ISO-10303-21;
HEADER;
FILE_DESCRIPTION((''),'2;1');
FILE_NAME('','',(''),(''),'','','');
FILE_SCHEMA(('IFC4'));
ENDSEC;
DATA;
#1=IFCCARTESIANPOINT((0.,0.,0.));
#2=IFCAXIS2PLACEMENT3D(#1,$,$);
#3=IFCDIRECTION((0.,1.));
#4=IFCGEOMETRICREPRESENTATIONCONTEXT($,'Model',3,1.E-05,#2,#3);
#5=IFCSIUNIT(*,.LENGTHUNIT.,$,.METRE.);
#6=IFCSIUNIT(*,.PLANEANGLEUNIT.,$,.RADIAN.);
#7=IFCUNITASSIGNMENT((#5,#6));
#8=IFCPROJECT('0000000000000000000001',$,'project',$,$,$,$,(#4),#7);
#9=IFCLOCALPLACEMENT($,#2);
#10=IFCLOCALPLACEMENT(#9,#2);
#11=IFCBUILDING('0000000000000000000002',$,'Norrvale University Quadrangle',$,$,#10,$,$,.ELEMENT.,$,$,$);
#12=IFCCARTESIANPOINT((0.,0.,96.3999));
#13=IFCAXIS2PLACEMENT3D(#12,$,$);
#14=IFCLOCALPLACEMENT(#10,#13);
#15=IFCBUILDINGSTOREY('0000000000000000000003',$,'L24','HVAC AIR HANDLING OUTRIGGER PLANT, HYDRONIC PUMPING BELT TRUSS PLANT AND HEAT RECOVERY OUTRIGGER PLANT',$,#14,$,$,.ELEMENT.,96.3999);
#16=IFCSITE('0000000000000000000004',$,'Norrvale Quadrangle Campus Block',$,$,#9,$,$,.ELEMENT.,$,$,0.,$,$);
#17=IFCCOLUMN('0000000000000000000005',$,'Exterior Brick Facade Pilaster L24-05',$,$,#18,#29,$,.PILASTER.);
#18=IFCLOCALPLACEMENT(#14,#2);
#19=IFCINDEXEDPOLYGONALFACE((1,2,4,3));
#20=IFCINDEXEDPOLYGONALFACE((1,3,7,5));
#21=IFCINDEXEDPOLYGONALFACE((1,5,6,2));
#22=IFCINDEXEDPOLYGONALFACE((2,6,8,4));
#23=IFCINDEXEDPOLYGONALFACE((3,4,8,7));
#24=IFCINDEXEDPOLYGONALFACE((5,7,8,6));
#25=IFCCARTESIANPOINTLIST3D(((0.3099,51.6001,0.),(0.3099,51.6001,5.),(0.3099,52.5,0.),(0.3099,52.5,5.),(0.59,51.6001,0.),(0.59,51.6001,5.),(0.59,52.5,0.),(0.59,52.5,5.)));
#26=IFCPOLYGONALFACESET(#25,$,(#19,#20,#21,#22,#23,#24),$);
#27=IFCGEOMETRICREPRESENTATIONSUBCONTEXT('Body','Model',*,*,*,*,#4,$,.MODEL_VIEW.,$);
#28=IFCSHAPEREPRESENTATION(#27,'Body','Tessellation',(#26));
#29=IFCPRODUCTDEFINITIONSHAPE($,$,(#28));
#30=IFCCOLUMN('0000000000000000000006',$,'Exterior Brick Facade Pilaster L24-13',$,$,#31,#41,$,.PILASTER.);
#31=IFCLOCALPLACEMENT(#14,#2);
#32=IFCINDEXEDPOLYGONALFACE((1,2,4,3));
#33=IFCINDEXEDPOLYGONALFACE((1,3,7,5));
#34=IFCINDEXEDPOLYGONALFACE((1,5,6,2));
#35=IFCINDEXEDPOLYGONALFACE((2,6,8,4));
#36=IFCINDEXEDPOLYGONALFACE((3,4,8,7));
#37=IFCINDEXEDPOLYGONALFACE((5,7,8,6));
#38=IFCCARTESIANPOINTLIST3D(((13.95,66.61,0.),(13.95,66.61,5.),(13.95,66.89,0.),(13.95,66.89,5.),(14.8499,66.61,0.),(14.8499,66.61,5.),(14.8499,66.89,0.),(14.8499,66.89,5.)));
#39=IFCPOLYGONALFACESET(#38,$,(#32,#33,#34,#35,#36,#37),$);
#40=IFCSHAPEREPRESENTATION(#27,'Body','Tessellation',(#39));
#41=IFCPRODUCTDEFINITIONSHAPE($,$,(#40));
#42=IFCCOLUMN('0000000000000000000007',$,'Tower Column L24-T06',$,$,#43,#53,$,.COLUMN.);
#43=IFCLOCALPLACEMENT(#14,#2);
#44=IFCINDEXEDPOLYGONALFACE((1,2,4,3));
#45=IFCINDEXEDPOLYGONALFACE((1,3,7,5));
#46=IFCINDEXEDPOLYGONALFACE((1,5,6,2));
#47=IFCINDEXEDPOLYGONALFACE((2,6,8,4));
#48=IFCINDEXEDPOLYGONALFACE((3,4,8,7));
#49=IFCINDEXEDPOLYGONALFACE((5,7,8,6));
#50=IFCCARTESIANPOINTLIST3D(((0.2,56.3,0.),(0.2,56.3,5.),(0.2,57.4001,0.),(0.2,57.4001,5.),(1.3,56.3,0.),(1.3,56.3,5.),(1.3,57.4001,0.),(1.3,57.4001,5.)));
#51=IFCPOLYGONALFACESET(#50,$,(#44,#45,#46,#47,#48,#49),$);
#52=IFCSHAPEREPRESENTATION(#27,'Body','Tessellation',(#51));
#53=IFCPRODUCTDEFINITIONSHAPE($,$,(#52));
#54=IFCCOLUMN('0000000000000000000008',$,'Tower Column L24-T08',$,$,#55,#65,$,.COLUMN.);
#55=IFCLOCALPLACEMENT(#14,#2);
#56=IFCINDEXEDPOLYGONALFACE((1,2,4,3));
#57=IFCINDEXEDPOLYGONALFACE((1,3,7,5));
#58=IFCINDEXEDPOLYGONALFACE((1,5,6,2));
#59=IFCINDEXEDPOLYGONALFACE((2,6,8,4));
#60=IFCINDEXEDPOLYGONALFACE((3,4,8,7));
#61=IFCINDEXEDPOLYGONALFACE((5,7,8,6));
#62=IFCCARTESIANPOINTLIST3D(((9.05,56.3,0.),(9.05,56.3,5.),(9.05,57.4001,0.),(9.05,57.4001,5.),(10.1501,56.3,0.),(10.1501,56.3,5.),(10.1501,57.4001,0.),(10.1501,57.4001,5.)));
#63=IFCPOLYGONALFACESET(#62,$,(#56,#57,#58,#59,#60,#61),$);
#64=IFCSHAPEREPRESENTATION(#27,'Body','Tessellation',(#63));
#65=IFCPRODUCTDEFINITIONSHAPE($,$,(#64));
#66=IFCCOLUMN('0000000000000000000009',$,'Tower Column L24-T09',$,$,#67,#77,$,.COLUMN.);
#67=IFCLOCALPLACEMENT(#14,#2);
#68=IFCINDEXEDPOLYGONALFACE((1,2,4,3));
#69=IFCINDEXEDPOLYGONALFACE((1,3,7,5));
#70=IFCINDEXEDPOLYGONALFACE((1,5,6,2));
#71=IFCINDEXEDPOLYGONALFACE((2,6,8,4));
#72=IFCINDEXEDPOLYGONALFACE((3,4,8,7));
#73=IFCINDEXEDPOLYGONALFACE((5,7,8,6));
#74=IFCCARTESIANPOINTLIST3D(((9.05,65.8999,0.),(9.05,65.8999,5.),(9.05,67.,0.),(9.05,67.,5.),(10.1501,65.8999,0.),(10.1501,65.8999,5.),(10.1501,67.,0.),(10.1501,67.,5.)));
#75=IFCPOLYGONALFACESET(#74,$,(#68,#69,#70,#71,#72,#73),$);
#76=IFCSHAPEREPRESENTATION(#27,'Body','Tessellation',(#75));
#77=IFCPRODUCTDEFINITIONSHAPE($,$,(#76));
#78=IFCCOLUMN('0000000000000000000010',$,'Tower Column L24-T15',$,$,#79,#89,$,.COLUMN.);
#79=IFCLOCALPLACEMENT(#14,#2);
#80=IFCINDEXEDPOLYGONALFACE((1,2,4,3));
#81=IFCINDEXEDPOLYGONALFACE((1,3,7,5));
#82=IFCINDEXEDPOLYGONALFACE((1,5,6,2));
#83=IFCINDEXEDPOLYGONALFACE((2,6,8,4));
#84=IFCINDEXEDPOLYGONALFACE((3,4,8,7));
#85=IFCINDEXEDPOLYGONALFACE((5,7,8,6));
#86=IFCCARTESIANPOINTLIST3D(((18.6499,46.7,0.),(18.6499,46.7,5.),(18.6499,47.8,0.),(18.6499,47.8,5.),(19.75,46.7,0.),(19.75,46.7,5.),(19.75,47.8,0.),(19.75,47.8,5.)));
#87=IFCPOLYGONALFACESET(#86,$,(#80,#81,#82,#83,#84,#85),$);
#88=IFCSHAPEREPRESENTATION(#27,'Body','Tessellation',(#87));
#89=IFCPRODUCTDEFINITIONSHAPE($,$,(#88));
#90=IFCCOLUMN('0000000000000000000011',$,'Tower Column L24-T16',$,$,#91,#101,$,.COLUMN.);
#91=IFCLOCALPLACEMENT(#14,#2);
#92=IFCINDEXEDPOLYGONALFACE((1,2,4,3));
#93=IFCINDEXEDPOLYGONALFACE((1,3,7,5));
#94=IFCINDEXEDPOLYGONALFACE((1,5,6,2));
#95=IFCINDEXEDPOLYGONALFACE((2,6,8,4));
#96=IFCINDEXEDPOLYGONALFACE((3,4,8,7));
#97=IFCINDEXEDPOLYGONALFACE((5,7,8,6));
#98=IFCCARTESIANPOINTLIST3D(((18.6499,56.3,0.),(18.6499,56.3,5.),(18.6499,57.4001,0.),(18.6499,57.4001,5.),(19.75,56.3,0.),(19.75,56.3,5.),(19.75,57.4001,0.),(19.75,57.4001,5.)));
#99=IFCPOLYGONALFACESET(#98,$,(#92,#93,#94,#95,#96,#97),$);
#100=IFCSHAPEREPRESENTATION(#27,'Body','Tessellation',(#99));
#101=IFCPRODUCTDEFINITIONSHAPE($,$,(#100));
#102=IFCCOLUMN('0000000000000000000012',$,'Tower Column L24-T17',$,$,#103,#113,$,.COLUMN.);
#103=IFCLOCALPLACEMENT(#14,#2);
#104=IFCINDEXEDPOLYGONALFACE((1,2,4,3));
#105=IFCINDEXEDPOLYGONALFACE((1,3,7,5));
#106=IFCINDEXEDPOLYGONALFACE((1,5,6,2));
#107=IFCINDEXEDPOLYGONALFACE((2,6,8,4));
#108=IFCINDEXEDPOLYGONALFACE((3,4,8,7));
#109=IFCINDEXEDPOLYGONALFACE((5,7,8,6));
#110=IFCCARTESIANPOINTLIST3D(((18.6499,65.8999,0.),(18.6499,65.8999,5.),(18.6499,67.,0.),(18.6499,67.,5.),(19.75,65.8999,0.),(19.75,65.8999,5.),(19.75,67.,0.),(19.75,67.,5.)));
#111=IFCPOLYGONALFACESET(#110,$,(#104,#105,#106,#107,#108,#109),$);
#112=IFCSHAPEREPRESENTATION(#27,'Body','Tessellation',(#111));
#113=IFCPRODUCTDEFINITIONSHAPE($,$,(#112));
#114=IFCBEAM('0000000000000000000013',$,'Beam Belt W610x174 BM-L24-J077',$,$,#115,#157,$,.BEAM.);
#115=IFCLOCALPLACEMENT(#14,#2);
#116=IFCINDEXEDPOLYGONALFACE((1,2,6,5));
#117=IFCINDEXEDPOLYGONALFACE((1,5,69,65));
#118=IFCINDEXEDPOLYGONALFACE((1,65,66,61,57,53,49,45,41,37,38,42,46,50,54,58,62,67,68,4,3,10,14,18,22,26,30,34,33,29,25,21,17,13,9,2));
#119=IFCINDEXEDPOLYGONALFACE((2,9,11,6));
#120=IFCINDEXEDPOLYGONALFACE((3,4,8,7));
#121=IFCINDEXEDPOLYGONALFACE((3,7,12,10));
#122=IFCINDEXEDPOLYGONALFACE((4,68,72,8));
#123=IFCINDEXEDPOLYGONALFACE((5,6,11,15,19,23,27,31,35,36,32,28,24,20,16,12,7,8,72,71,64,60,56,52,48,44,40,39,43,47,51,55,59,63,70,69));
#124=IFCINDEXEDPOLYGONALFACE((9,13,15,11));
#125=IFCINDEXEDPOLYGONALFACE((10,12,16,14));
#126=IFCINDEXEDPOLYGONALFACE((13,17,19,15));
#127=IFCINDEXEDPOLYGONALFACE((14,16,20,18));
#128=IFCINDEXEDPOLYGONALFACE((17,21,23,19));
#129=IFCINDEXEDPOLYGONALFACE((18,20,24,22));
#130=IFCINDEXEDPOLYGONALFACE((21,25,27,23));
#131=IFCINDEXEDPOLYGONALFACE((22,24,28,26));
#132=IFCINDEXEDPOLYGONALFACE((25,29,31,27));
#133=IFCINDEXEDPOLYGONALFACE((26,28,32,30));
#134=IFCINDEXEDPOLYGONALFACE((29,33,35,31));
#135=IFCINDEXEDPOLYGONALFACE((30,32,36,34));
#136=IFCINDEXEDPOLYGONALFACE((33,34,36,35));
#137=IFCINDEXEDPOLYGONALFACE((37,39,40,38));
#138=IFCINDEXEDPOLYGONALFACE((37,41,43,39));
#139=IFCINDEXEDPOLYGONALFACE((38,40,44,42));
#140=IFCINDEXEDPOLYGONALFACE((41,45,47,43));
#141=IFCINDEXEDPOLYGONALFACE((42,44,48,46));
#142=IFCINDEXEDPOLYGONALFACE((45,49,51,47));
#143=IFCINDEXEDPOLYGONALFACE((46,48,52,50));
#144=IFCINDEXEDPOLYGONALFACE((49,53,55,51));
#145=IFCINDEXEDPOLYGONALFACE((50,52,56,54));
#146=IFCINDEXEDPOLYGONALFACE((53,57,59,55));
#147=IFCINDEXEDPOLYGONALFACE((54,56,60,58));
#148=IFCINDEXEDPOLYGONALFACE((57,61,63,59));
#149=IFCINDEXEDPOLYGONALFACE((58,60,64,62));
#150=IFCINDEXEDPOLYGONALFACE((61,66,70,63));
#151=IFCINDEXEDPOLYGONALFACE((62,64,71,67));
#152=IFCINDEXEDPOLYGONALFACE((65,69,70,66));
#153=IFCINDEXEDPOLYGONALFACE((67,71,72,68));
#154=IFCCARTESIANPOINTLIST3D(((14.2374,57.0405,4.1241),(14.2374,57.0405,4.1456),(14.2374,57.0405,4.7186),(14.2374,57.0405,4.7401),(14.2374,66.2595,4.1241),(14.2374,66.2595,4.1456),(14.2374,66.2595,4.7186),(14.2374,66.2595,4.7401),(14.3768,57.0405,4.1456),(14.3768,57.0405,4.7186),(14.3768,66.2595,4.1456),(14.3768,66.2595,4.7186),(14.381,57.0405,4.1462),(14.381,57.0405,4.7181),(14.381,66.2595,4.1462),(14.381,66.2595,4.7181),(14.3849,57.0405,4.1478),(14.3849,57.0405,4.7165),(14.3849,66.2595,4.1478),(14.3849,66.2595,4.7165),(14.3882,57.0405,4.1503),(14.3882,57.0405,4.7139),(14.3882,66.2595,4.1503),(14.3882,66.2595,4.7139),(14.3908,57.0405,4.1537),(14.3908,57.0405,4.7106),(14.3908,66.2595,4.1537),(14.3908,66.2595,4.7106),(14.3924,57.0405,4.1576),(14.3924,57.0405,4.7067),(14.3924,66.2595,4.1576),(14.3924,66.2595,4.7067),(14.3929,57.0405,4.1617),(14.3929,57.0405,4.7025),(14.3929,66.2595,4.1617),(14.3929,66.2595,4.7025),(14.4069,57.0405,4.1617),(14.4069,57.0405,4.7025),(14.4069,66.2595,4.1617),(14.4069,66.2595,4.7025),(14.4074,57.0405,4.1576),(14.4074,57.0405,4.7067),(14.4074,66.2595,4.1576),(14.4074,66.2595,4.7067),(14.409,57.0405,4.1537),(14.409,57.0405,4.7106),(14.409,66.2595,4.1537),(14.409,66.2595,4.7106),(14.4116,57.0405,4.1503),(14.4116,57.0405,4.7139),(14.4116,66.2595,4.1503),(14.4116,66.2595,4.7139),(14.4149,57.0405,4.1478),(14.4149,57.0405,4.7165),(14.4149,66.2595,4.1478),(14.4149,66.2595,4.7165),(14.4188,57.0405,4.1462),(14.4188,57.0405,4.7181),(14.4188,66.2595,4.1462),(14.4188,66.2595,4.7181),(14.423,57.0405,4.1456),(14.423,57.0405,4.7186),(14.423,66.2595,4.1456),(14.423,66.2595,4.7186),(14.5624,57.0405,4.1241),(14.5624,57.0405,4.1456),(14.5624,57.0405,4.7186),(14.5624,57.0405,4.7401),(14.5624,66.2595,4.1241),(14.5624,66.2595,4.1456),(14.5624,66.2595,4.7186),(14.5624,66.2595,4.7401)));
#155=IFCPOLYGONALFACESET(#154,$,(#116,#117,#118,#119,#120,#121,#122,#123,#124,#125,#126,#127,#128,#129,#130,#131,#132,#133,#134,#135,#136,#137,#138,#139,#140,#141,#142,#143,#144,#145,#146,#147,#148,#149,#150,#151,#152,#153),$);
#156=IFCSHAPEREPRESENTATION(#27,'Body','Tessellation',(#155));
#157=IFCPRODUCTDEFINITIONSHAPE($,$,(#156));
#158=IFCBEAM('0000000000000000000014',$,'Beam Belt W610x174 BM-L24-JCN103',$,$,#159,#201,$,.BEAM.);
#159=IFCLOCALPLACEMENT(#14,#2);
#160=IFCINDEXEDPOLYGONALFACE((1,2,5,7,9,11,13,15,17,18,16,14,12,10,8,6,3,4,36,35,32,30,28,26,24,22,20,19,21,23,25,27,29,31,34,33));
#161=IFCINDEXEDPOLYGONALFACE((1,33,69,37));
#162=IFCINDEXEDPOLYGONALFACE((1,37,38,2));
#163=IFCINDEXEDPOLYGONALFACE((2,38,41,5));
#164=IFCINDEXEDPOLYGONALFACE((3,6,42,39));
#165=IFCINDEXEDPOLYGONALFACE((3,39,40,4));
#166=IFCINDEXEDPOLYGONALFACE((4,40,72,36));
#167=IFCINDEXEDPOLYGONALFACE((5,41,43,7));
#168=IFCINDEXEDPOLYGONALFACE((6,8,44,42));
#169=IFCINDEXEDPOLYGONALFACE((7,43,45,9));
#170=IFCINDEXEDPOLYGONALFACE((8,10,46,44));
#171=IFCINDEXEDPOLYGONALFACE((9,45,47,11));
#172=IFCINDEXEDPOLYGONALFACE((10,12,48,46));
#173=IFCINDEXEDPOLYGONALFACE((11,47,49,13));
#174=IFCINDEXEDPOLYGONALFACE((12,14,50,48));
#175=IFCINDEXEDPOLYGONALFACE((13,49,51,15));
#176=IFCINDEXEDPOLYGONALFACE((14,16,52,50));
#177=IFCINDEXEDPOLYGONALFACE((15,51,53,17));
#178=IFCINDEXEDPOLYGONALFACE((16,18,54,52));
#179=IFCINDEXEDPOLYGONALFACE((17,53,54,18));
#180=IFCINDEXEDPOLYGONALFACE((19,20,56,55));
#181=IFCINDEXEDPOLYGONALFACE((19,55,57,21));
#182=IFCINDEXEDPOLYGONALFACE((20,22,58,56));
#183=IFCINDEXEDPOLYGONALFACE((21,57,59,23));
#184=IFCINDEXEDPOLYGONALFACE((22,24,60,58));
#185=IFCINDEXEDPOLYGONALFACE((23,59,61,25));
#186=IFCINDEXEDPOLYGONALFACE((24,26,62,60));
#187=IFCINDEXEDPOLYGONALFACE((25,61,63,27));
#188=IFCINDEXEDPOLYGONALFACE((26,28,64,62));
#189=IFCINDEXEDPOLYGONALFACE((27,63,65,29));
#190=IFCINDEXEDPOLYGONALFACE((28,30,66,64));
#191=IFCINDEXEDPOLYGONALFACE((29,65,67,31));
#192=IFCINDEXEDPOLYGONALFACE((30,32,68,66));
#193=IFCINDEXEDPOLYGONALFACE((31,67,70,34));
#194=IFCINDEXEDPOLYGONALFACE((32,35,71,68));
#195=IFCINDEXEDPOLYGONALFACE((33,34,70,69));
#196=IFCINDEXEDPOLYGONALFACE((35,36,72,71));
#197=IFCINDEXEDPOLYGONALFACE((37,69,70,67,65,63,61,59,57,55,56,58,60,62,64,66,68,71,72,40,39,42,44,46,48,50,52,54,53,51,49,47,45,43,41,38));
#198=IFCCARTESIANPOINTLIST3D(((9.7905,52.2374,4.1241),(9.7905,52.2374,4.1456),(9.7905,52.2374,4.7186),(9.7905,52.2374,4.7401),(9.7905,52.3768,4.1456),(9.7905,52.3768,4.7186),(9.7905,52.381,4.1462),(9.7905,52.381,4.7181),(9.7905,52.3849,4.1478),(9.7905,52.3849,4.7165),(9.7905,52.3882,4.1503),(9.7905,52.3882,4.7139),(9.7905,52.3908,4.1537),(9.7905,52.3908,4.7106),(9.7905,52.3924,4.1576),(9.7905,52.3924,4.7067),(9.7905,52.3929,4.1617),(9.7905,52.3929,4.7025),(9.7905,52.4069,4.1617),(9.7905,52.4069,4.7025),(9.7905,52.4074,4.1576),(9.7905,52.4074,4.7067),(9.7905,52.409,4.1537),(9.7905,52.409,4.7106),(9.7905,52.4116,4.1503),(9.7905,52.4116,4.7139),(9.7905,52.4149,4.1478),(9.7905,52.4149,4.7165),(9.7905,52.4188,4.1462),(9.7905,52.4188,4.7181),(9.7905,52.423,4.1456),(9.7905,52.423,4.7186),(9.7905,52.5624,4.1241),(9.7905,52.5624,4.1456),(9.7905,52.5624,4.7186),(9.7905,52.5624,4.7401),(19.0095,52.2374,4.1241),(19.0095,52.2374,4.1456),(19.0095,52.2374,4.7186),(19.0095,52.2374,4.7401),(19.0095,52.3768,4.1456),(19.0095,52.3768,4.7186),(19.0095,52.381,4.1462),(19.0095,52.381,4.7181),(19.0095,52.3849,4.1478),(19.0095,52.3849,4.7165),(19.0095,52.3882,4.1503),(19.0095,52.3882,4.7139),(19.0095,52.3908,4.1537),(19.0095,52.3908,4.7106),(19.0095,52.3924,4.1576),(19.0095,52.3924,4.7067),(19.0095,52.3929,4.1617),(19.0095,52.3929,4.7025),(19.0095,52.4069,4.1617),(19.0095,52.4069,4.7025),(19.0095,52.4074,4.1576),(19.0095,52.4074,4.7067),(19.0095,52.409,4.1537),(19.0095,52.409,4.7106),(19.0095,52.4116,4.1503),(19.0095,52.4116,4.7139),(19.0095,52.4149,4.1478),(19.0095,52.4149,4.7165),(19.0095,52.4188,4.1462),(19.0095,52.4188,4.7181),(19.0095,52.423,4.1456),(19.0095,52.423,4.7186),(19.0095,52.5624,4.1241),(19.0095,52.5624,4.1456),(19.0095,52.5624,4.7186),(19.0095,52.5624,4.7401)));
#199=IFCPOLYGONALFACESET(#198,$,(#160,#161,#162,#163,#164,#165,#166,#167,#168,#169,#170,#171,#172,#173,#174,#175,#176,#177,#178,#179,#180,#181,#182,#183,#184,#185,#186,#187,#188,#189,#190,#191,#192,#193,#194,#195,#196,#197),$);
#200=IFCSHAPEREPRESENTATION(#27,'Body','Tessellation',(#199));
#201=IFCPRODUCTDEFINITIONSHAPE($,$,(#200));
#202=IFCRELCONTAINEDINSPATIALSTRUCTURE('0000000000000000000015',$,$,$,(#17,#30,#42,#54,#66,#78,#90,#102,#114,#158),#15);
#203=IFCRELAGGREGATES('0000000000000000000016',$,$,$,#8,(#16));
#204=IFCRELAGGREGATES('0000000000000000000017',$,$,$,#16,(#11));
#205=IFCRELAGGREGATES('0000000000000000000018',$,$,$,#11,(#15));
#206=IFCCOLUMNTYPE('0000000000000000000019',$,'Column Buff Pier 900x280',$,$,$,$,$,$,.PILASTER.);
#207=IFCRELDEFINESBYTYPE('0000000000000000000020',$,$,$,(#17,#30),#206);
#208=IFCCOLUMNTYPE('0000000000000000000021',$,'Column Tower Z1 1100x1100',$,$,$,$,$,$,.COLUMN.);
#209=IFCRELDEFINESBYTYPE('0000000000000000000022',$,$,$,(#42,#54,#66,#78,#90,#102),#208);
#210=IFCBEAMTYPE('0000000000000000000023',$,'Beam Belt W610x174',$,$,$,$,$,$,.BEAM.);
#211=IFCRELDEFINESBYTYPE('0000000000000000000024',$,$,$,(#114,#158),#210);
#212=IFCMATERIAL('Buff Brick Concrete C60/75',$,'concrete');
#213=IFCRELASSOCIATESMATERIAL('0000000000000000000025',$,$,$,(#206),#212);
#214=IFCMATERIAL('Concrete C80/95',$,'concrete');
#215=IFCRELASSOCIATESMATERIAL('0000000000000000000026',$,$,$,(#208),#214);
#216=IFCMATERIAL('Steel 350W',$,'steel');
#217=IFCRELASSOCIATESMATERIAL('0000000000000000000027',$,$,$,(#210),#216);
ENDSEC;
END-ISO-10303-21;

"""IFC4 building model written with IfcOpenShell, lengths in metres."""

from ifc_helpers import new_model, si_unit, direction, frame, origin, origin_2d, place, context, subcontext, project, spatial, rectangle, i_section, extrude, material, material_profile, profile_set, type_object, element, save


model = new_model("IFC4")

# Units and contexts
model_context = context("Model", 3, precision=1e-05, world=origin(), true_north=direction((0.0, 1.0)))
body_context = subcontext(model_context, "Body", "Model", "MODEL_VIEW")
ifc_project = project(units=[si_unit("LENGTHUNIT", "METRE"), si_unit("PLANEANGLEUNIT", "RADIAN")], contexts=[model_context])

# Site, building, storey
site_placement = place(None, origin())
site = spatial("IfcSite", under=ifc_project, at=site_placement, Name="Norrvale Quadrangle Campus Block", CompositionType="ELEMENT", RefElevation=0.0)
building_placement = place(site_placement, origin())
building = spatial("IfcBuilding", under=site, at=building_placement, Name="Norrvale University Quadrangle", CompositionType="ELEMENT")
storey_placement = place(building_placement, frame((0.0, 0.0, 96.3999)))
storey = spatial("IfcBuildingStorey", under=building, at=storey_placement, Name="L24", Description="HVAC AIR HANDLING OUTRIGGER PLANT, HYDRONIC PUMPING BELT TRUSS PLANT AND HEAT RECOVERY OUTRIGGER PLANT", CompositionType="ELEMENT", Elevation=96.3999)

# Columns
ifc_material_1 = material(Name="Buff Brick Concrete C60/75", Category="concrete")
ifc_material_profile_1 = material_profile(ifc_material_1, rectangle(XDim=0.8999, YDim=0.28, at=origin_2d()), Name="Buff Brick Concrete C60/75")
ifc_profile_set_1 = profile_set([ifc_material_profile_1], Name="Buff Brick Concrete C60/75")
column_type_1 = type_object("IfcColumnType", Name="Column Buff Pier 900x280", PredefinedType="PILASTER", material=ifc_profile_set_1)
for number, where, z_axis, x_axis, name in (
    (1, (0.45, 52.05, 0.0), (0.0, 0.0, 1.0), (0.0, 1.0, 0.0), "Exterior Brick Facade Pilaster L24-05"),
    (2, (14.3999, 66.75, 0.0), (0.0, 0.0, 1.0), (1.0, 0.0, 0.0), "Exterior Brick Facade Pilaster L24-13"),
):
    element("IfcColumn", number, at=place(storey_placement, frame(where, z_axis=z_axis, x_axis=x_axis)), inside=storey, type_object=column_type_1, Name=name, PredefinedType="PILASTER", context=body_context, shape_type="SweptSolid", body=[
        extrude(rectangle(XDim=0.8999, YDim=0.28, at=origin_2d()), origin(), (0.0, 0.0, 1.0), 5.0),
    ])
ifc_material_2 = material(Name="Concrete C80/95", Category="concrete")
ifc_material_profile_2 = material_profile(ifc_material_2, rectangle(XDim=1.1001, YDim=1.1001, at=origin_2d()), Name="Concrete C80/95")
ifc_profile_set_2 = profile_set([ifc_material_profile_2], Name="Concrete C80/95")
column_type_2 = type_object("IfcColumnType", Name="Column Tower Z1 1100x1100", PredefinedType="COLUMN", material=ifc_profile_set_2)
for number, where, z_axis, x_axis, name in (
    (3, (0.75, 56.8501, 0.0), (0.0, 0.0, 1.0), (1.0, 0.0, 0.0), "Tower Column L24-T06"),
    (4, (9.6001, 56.8501, 0.0), (0.0, 0.0, 1.0), (1.0, 0.0, 0.0), "Tower Column L24-T08"),
    (5, (9.6001, 66.45, 0.0), (0.0, 0.0, 1.0), (1.0, 0.0, 0.0), "Tower Column L24-T09"),
    (6, (19.2, 47.25, 0.0), (0.0, 0.0, 1.0), (1.0, 0.0, 0.0), "Tower Column L24-T15"),
    (7, (19.2, 56.8501, 0.0), (0.0, 0.0, 1.0), (1.0, 0.0, 0.0), "Tower Column L24-T16"),
    (8, (19.2, 66.45, 0.0), (0.0, 0.0, 1.0), (1.0, 0.0, 0.0), "Tower Column L24-T17"),
):
    element("IfcColumn", number, at=place(storey_placement, frame(where, z_axis=z_axis, x_axis=x_axis)), inside=storey, type_object=column_type_2, Name=name, PredefinedType="COLUMN", context=body_context, shape_type="SweptSolid", body=[
        extrude(rectangle(XDim=1.1001, YDim=1.1001, at=origin_2d()), origin(), (0.0, 0.0, 1.0), 5.0),
    ])

# Beams
ifc_material_3 = material(Name="Steel 350W", Category="steel")
ifc_material_profile_3 = material_profile(ifc_material_3, i_section(OverallWidth=0.325, OverallDepth=0.616, WebThickness=0.0139, FlangeThickness=0.0215, FilletRadius=0.0161, at=origin_2d()), Name="Steel 350W")
ifc_profile_set_3 = profile_set([ifc_material_profile_3], Name="Steel 350W")
beam_type_1 = type_object("IfcBeamType", Name="Beam Belt W610x174", PredefinedType="BEAM", material=ifc_profile_set_3)
for number, where, z_axis, x_axis, name in (
    (9, (14.3999, 57.0405, 4.4321), (0.0, 1.0, 0.0), (-1.0, 0.0, 0.0), "Beam Belt W610x174 BM-L24-J077"),
    (10, (9.7905, 52.3999, 4.4321), (1.0, 0.0, 0.0), (0.0, 1.0, 0.0), "Beam Belt W610x174 BM-L24-JCN103"),
):
    element("IfcBeam", number, at=place(storey_placement, frame(where, z_axis=z_axis, x_axis=x_axis)), inside=storey, type_object=beam_type_1, Name=name, PredefinedType="BEAM", context=body_context, shape_type="SweptSolid", body=[
        extrude(i_section(OverallWidth=0.325, OverallDepth=0.616, WebThickness=0.0139, FlangeThickness=0.0215, FilletRadius=0.0161, at=origin_2d()), origin(), (0.0, 0.0, 1.0), 9.219),
    ])

save(model, "model.ifc")
